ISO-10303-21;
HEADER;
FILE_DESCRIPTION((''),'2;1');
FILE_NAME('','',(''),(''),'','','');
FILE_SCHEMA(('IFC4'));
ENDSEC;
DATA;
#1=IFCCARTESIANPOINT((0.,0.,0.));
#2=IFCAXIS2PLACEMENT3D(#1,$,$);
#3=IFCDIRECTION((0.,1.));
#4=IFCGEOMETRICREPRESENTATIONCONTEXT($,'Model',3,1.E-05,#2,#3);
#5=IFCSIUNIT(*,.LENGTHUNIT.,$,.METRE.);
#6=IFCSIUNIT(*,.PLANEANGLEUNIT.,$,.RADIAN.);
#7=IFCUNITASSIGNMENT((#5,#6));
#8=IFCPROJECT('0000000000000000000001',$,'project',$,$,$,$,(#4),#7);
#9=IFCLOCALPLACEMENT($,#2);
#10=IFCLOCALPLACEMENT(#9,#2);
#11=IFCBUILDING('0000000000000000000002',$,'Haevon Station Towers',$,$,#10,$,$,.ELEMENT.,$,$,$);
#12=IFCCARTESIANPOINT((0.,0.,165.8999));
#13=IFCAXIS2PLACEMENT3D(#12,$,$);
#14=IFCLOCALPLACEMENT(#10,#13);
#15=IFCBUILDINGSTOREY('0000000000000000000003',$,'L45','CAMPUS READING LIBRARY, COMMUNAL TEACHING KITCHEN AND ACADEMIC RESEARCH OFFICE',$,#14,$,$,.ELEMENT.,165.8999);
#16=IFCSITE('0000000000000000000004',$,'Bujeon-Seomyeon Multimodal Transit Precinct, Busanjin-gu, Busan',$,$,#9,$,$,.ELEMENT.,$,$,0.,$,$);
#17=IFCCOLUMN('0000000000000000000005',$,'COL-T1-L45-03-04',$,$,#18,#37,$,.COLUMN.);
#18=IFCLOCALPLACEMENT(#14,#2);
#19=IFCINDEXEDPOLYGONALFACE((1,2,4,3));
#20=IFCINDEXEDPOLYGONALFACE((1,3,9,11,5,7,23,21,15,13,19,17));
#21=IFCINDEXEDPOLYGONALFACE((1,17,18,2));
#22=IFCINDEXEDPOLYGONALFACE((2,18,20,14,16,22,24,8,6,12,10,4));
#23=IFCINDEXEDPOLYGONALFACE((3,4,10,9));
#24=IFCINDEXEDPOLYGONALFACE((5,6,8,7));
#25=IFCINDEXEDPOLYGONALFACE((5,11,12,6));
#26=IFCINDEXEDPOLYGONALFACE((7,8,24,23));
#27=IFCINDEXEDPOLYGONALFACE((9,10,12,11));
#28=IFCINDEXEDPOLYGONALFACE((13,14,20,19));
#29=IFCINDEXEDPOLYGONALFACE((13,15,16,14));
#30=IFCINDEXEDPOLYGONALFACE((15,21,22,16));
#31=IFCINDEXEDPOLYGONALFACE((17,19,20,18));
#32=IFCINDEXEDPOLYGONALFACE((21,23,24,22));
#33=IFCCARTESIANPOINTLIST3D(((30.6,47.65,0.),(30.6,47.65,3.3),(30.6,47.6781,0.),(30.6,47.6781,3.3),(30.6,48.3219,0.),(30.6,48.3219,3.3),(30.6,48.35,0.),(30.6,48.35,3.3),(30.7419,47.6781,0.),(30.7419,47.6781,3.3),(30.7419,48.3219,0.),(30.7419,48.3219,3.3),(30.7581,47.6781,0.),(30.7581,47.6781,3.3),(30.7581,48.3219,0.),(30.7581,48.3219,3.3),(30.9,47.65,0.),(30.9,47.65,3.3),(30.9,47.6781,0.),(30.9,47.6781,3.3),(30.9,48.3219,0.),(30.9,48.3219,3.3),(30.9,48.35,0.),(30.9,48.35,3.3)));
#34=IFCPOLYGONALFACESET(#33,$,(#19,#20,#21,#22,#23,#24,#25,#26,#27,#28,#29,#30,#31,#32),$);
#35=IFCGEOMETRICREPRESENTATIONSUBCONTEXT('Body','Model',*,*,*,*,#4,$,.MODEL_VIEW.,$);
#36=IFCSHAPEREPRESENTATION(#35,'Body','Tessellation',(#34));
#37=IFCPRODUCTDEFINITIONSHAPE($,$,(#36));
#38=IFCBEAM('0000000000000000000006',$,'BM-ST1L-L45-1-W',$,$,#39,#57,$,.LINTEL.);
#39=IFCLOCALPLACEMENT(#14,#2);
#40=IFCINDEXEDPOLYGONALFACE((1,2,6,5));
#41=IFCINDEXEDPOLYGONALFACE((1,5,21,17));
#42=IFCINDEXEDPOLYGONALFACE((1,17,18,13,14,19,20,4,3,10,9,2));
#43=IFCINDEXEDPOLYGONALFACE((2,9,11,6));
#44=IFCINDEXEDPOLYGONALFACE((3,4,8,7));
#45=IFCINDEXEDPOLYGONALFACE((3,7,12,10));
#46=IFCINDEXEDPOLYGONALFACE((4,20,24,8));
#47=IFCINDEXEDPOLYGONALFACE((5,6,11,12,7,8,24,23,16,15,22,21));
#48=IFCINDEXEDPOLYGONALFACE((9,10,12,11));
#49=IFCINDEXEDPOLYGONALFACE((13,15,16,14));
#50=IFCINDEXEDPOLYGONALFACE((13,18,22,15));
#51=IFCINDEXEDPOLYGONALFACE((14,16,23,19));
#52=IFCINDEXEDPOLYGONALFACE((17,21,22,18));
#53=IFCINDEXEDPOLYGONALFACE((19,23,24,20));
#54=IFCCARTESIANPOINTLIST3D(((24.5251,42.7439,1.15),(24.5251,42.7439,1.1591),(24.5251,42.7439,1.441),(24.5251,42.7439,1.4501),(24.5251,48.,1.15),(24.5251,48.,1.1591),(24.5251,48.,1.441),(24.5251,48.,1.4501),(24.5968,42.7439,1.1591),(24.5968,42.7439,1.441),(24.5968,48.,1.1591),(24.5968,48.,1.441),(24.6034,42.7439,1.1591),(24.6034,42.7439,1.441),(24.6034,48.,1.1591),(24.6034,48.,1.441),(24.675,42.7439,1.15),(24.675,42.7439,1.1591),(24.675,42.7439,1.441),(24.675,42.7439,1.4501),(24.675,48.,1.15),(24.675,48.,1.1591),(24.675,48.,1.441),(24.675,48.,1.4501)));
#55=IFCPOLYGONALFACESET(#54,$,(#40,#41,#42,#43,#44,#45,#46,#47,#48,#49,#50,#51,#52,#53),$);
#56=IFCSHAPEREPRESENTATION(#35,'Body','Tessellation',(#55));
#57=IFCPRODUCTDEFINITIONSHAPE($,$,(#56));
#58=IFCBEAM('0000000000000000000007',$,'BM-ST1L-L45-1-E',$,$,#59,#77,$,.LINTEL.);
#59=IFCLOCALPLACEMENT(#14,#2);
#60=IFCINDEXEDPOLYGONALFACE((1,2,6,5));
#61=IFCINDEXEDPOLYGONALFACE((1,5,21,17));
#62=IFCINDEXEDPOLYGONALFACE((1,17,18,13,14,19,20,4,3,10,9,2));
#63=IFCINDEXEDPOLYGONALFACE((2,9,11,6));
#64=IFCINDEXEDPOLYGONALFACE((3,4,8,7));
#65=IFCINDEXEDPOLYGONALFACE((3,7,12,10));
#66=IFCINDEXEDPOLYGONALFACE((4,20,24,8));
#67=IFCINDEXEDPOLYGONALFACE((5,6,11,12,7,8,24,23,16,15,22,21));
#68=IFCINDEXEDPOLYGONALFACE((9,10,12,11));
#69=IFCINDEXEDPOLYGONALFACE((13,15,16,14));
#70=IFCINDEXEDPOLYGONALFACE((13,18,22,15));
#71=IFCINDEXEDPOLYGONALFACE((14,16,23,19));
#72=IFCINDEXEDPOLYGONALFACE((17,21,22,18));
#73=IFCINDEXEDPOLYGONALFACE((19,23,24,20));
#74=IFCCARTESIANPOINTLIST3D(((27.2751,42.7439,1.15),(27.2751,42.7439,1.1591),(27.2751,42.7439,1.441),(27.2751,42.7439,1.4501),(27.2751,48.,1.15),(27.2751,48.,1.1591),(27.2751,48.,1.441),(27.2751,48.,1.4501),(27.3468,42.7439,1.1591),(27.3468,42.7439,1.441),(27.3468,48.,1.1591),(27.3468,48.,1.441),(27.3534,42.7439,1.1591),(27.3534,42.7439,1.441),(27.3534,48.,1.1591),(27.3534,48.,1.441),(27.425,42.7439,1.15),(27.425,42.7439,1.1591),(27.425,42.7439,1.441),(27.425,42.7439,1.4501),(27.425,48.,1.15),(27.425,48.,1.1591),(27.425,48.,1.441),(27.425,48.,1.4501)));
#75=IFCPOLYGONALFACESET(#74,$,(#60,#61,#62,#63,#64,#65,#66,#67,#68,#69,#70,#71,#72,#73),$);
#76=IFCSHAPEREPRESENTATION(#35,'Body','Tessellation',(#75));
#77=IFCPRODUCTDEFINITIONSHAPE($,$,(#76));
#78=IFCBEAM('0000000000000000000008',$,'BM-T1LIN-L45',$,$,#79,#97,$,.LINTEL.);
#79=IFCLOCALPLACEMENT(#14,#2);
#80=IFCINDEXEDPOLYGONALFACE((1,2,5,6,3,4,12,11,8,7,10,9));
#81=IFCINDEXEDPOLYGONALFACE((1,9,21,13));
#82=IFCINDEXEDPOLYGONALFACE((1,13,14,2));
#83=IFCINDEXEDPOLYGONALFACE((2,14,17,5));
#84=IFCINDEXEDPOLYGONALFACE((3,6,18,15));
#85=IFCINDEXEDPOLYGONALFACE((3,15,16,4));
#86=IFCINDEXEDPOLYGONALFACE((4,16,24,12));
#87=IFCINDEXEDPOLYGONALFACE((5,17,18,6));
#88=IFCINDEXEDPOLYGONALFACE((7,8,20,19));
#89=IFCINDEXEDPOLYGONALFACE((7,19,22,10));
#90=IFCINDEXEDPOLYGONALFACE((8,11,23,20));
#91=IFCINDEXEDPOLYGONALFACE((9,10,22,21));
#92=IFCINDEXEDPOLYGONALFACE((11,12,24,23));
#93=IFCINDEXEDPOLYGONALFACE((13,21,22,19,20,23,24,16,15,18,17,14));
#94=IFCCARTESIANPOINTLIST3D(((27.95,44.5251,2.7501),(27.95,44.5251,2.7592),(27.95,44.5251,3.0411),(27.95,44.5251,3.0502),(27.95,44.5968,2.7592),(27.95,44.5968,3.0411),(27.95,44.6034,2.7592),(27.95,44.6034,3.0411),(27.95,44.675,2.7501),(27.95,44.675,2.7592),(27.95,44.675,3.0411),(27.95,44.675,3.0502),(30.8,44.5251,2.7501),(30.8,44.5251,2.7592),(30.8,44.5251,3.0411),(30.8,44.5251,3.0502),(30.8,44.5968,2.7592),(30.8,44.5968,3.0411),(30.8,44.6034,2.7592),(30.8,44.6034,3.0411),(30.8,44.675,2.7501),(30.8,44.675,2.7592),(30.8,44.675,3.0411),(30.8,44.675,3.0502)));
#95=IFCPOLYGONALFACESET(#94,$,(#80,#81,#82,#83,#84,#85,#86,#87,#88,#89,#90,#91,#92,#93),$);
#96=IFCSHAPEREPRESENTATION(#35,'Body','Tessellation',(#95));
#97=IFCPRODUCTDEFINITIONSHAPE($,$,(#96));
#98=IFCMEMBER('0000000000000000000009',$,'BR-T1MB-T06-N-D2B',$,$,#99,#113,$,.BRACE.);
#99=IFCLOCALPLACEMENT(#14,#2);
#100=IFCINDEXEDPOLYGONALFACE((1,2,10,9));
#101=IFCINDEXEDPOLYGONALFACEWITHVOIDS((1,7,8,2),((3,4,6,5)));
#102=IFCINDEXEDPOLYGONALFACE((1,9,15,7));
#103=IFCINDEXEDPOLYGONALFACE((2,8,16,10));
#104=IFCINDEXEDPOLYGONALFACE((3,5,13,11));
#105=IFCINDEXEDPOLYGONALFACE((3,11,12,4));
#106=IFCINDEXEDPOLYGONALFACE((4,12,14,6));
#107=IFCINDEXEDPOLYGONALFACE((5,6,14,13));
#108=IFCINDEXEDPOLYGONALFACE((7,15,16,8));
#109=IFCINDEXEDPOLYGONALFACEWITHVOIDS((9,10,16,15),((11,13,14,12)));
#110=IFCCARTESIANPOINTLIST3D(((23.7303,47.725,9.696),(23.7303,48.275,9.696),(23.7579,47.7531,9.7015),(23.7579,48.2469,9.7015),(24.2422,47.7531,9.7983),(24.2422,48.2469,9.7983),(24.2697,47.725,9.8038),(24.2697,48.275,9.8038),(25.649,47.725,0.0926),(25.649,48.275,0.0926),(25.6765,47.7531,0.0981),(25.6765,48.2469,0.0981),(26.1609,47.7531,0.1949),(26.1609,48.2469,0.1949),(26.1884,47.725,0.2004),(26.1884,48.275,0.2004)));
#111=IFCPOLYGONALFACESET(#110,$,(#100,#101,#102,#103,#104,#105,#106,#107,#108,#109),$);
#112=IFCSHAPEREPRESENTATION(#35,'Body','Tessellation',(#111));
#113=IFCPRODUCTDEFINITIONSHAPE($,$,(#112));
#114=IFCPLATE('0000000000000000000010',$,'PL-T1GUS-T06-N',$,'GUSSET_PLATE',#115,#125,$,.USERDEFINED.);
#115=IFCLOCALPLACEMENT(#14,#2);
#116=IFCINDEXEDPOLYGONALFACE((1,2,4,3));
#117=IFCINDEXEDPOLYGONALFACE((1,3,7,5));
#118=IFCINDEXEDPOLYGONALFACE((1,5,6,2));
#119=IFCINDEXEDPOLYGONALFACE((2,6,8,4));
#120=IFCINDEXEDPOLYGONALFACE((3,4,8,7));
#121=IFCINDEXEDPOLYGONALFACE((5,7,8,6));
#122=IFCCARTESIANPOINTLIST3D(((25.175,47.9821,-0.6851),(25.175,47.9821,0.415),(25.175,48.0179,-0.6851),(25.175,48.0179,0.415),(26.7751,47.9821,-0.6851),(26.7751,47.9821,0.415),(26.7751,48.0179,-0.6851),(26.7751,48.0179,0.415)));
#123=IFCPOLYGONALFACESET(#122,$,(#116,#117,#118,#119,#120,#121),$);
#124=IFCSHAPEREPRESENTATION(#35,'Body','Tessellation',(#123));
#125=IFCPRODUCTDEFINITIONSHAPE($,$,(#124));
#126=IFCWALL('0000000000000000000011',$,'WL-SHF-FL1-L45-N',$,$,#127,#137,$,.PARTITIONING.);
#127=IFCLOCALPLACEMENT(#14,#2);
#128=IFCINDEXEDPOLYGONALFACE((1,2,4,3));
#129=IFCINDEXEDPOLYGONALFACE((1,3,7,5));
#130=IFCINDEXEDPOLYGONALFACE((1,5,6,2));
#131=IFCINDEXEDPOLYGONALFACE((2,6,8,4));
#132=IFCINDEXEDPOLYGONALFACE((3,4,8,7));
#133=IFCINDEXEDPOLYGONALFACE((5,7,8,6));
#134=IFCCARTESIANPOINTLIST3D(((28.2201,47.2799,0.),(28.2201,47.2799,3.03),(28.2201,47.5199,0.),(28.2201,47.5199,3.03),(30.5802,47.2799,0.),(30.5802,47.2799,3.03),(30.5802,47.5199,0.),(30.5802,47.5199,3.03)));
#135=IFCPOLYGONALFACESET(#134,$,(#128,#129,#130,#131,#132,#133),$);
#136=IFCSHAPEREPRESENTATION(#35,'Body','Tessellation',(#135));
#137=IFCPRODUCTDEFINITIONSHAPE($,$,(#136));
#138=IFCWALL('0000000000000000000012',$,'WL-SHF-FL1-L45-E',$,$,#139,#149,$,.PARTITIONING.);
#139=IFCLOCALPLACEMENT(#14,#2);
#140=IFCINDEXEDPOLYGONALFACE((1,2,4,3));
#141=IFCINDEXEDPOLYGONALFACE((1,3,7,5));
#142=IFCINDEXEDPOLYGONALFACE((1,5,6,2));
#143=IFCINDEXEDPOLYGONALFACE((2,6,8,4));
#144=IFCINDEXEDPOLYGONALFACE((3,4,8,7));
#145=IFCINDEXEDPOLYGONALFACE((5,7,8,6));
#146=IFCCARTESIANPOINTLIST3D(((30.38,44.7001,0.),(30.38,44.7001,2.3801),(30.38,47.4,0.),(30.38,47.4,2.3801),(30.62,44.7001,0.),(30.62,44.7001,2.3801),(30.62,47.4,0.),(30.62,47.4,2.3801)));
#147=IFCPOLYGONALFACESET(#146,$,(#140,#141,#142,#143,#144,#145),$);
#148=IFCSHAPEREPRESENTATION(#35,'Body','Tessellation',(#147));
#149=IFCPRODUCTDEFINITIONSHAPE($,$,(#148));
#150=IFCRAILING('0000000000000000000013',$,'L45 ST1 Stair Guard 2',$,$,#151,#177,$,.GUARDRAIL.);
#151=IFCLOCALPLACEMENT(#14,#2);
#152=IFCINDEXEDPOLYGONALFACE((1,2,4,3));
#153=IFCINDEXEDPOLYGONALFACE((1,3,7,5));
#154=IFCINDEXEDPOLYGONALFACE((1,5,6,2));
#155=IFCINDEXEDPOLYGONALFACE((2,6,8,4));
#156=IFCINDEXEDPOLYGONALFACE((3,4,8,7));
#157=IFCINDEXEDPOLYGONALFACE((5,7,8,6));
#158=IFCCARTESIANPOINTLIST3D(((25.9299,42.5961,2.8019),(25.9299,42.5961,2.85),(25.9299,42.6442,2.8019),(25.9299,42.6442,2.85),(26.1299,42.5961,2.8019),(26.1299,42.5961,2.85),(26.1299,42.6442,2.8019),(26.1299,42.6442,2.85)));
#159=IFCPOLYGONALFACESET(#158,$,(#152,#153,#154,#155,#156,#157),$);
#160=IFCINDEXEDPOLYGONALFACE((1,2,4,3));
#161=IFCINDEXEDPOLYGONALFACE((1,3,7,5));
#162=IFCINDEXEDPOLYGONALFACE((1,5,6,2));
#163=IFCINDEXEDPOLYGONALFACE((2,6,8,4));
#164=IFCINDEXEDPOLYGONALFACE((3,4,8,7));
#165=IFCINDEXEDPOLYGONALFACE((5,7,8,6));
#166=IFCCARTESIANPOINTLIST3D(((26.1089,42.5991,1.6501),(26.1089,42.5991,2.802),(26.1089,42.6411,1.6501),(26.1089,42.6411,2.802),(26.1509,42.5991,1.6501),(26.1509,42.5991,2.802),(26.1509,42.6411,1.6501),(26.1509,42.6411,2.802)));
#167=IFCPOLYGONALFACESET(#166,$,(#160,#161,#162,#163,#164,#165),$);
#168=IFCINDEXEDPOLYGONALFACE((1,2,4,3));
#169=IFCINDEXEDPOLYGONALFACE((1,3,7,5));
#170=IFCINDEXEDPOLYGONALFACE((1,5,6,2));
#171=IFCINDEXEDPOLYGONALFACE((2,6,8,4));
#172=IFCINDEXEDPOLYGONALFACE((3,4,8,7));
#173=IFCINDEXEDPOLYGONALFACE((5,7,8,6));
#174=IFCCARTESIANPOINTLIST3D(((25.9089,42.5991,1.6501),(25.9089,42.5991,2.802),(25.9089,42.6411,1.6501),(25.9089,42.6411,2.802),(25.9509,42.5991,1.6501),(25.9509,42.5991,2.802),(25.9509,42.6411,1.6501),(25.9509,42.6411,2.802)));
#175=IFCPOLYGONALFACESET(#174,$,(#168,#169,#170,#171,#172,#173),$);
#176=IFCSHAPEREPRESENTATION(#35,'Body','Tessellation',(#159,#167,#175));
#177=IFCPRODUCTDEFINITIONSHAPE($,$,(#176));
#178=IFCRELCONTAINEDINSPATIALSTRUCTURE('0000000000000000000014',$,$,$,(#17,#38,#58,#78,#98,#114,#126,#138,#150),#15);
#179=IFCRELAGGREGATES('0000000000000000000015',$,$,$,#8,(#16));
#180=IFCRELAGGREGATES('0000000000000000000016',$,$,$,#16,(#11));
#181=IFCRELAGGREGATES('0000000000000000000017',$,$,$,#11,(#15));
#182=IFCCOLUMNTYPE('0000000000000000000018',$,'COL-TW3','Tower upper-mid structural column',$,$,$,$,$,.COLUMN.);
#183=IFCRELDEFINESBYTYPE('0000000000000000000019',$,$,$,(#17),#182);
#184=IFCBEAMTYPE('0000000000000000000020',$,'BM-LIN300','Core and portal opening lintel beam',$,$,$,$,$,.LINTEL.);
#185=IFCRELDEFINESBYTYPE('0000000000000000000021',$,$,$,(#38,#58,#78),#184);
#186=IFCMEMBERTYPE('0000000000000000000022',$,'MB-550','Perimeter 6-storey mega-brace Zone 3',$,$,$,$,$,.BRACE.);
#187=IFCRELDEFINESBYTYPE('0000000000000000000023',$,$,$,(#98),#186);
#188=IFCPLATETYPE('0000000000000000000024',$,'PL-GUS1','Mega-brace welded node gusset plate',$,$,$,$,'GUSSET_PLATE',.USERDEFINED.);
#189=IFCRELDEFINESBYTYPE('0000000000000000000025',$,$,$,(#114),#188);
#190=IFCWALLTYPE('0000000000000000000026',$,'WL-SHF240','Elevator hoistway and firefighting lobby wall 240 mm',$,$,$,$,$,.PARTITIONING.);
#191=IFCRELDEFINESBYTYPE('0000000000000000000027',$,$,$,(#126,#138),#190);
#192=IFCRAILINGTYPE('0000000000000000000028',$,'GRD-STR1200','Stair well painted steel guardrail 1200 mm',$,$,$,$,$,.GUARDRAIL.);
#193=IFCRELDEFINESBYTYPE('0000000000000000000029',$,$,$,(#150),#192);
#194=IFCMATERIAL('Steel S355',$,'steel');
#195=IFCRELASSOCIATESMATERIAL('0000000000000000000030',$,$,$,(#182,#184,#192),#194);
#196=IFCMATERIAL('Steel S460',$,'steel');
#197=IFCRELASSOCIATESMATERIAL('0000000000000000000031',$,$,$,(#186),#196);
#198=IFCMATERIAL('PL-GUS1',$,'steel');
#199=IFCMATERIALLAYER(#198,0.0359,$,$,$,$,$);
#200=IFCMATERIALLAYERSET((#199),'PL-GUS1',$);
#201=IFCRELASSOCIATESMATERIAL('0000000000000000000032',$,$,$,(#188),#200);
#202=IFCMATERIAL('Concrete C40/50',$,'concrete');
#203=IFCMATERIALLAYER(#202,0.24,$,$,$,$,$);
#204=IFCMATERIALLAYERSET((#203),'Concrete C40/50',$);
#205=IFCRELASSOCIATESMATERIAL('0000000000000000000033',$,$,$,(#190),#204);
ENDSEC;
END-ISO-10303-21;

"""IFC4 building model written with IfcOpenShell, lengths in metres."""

from ifc_helpers import new_model, si_unit, direction, frame, frame_2d, origin, origin_2d, place, context, subcontext, project, spatial, rectangle, hollow_rectangle, i_section, extrude, material, layer, layer_set, material_profile, profile_set, type_object, element, save


model = new_model("IFC4")

# Units and contexts
model_context = context("Model", 3, precision=1e-05, world=origin(), true_north=direction((0.0, 1.0)))
body_context = subcontext(model_context, "Body", "Model", "MODEL_VIEW")
ifc_project = project(units=[si_unit("LENGTHUNIT", "METRE"), si_unit("PLANEANGLEUNIT", "RADIAN")], contexts=[model_context])

# Site, building, storey
site_placement = place(None, origin())
site = spatial("IfcSite", under=ifc_project, at=site_placement, Name="Bujeon-Seomyeon Multimodal Transit Precinct, Busanjin-gu, Busan", CompositionType="ELEMENT", RefElevation=0.0)
building_placement = place(site_placement, origin())
building = spatial("IfcBuilding", under=site, at=building_placement, Name="Haevon Station Towers", CompositionType="ELEMENT")
storey_placement = place(building_placement, frame((0.0, 0.0, 165.8999)))
storey = spatial("IfcBuildingStorey", under=building, at=storey_placement, Name="L45", Description="CAMPUS READING LIBRARY, COMMUNAL TEACHING KITCHEN AND ACADEMIC RESEARCH OFFICE", CompositionType="ELEMENT", Elevation=165.8999)

# Column
ifc_material_1 = material(Name="Steel S355", Category="steel")
ifc_material_profile_1 = material_profile(ifc_material_1, i_section(OverallWidth=0.3, OverallDepth=0.7, WebThickness=0.0161, FlangeThickness=0.0281, at=origin_2d()), Name="H-700x300x16x28")
ifc_profile_set_1 = profile_set([ifc_material_profile_1], Name="Steel S355")
column_type = type_object("IfcColumnType", Name="COL-TW3", Description="Tower upper-mid structural column", PredefinedType="COLUMN", material=ifc_profile_set_1)
column_placement = place(storey_placement, frame((30.75, 48.0, 0.0), z_axis=(0.0, 0.0, 1.0), x_axis=(1.0, 0.0, 0.0)))
element("IfcColumn", 1, at=column_placement, inside=storey, type_object=column_type, Name="COL-T1-L45-03-04", PredefinedType="COLUMN", context=body_context, shape_type="SweptSolid", body=[
    extrude(i_section(OverallWidth=0.3, OverallDepth=0.7, WebThickness=0.0161, FlangeThickness=0.0281, at=origin_2d()), origin(), (0.0, 0.0, 1.0), 3.3),
])

# Beams
ifc_material_profile_2 = material_profile(ifc_material_1, i_section(OverallWidth=0.1499, OverallDepth=0.3, WebThickness=0.0066, FlangeThickness=0.009, at=origin_2d()), Name="H-300x150x6.5x9")
ifc_profile_set_2 = profile_set([ifc_material_profile_2], Name="Steel S355")
beam_type = type_object("IfcBeamType", Name="BM-LIN300", Description="Core and portal opening lintel beam", PredefinedType="LINTEL", material=ifc_profile_set_2)
for number, where, z_axis, x_axis, name in (
    (2, (24.6001, 42.7439, 1.3), (0.0, 1.0, 0.0), (-1.0, 0.0, 0.0), "BM-ST1L-L45-1-W"),
    (3, (27.3501, 42.7439, 1.3), (0.0, 1.0, 0.0), (-1.0, 0.0, 0.0), "BM-ST1L-L45-1-E"),
):
    element("IfcBeam", number, at=place(storey_placement, frame(where, z_axis=z_axis, x_axis=x_axis)), inside=storey, type_object=beam_type, Name=name, PredefinedType="LINTEL", context=body_context, shape_type="SweptSolid", body=[
        extrude(i_section(OverallWidth=0.1499, OverallDepth=0.3, WebThickness=0.0066, FlangeThickness=0.009, at=origin_2d()), origin(), (0.0, 0.0, 1.0), 5.2561),
    ])
beam_placement = place(storey_placement, frame((27.95, 44.6001, 2.9001), z_axis=(1.0, 0.0, 0.0), x_axis=(0.0, 1.0, 0.0)))
element("IfcBeam", 4, at=beam_placement, inside=storey, type_object=beam_type, Name="BM-T1LIN-L45", PredefinedType="LINTEL", context=body_context, shape_type="SweptSolid", body=[
    extrude(i_section(OverallWidth=0.1499, OverallDepth=0.3, WebThickness=0.0066, FlangeThickness=0.009, at=origin_2d()), origin(), (0.0, 0.0, 1.0), 2.8501),
])

# Member
ifc_material_2 = material(Name="Steel S460", Category="steel")
ifc_material_profile_3 = material_profile(ifc_material_2, hollow_rectangle(XDim=0.55, YDim=0.55, WallThickness=0.0281, at=origin_2d()), Name="RHS-550x550x28")
ifc_profile_set_3 = profile_set([ifc_material_profile_3], Name="Steel S460")
member_type = type_object("IfcMemberType", Name="MB-550", Description="Perimeter 6-storey mega-brace Zone 3", PredefinedType="BRACE", material=ifc_profile_set_3)
member_placement = place(storey_placement, frame((25.9187, 48.0, 0.1465), z_axis=(-0.19592, 0.0, 0.98062), x_axis=(0.0, -1.0, 0.0)))
element("IfcMember", 5, at=member_placement, inside=storey, type_object=member_type, Name="BR-T1MB-T06-N-D2B", PredefinedType="BRACE", context=body_context, shape_type="SweptSolid", body=[
    extrude(hollow_rectangle(XDim=0.55, YDim=0.55, WallThickness=0.0281, at=origin_2d()), origin(), (0.0, 0.0, 1.0), 9.7932),
])

# Plate
ifc_material_3 = material(Name="PL-GUS1", Category="steel")
ifc_layer_1 = layer(ifc_material_3, 0.0359)
ifc_layer_set_1 = layer_set([ifc_layer_1], Name="PL-GUS1")
plate_type = type_object("IfcPlateType", Name="PL-GUS1", Description="Mega-brace welded node gusset plate", ElementType="GUSSET_PLATE", PredefinedType="USERDEFINED", material=ifc_layer_set_1)
plate_placement = place(storey_placement, frame((25.9751, 48.0, -0.6851), z_axis=(0.0, 0.0, 1.0), x_axis=(1.0, 0.0, 0.0)))
element("IfcPlate", 6, at=plate_placement, inside=storey, type_object=plate_type, Name="PL-T1GUS-T06-N", ObjectType="GUSSET_PLATE", PredefinedType="USERDEFINED", context=body_context, shape_type="SweptSolid", body=[
    extrude(rectangle(XDim=1.6001, YDim=0.0359, at=origin_2d()), origin(), (0.0, 0.0, 1.0), 1.1001),
])

# Shared definitions
ifc_material_4 = material(Name="Concrete C40/50", Category="concrete")
ifc_layer_2 = layer(ifc_material_4, 0.24)
ifc_layer_set_2 = layer_set([ifc_layer_2], Name="Concrete C40/50")
wall_type = type_object("IfcWallType", Name="WL-SHF240", Description="Elevator hoistway and firefighting lobby wall 240 mm", PredefinedType="PARTITIONING", material=ifc_layer_set_2)

# Walls
wall_1_placement = place(storey_placement, frame((28.22, 47.3999, 0.0), z_axis=(0.0, 0.0, 1.0), x_axis=(1.0, 0.0, 0.0)))
element("IfcWall", 7, at=wall_1_placement, inside=storey, type_object=wall_type, Name="WL-SHF-FL1-L45-N", PredefinedType="PARTITIONING", context=body_context, shape_type="SweptSolid", body=[
    extrude(rectangle(XDim=2.3601, YDim=0.24, at=frame_2d((1.1802, 0.0))), origin(), (0.0, 0.0, 1.0), 3.03),
])
wall_2_placement = place(storey_placement, frame((30.5, 44.7, 0.0), z_axis=(0.0, 0.0, 1.0), x_axis=(0.0, 1.0, 0.0)))
element("IfcWall", 8, at=wall_2_placement, inside=storey, type_object=wall_type, Name="WL-SHF-FL1-L45-E", PredefinedType="PARTITIONING", context=body_context, shape_type="SweptSolid", body=[
    extrude(rectangle(XDim=2.7, YDim=0.24, at=frame_2d((1.3501, 0.0))), origin(), (0.0, 0.0, 1.0), 2.3801),
])

# Railing
railing_type = type_object("IfcRailingType", Name="GRD-STR1200", Description="Stair well painted steel guardrail 1200 mm", PredefinedType="GUARDRAIL", material=ifc_material_1)
railing_1_placement = place(storey_placement, frame((26.1299, 42.6201, 1.6501)))
element("IfcRailing", 9, at=railing_1_placement, inside=storey, type_object=railing_type, Name="L45 ST1 Stair Guard 2", PredefinedType="GUARDRAIL", context=body_context, shape_type="SweptSolid", body=[
    extrude(rectangle(XDim=0.0481, YDim=0.0481, at=origin_2d()), frame((0.0, 0.0, 1.1758), z_axis=(-1.0, 0.0, 0.0), x_axis=(0.0, -1.0, 0.0)), (0.0, 0.0, 1.0), 0.2),
    extrude(rectangle(XDim=0.042, YDim=0.042, at=origin_2d()), origin(), (0.0, 0.0, 1.0), 1.1519),
    extrude(rectangle(XDim=0.042, YDim=0.042, at=origin_2d()), frame((-0.2, 0.0, 0.0)), (0.0, 0.0, 1.0), 1.1519),
])

save(model, "model.ifc")
